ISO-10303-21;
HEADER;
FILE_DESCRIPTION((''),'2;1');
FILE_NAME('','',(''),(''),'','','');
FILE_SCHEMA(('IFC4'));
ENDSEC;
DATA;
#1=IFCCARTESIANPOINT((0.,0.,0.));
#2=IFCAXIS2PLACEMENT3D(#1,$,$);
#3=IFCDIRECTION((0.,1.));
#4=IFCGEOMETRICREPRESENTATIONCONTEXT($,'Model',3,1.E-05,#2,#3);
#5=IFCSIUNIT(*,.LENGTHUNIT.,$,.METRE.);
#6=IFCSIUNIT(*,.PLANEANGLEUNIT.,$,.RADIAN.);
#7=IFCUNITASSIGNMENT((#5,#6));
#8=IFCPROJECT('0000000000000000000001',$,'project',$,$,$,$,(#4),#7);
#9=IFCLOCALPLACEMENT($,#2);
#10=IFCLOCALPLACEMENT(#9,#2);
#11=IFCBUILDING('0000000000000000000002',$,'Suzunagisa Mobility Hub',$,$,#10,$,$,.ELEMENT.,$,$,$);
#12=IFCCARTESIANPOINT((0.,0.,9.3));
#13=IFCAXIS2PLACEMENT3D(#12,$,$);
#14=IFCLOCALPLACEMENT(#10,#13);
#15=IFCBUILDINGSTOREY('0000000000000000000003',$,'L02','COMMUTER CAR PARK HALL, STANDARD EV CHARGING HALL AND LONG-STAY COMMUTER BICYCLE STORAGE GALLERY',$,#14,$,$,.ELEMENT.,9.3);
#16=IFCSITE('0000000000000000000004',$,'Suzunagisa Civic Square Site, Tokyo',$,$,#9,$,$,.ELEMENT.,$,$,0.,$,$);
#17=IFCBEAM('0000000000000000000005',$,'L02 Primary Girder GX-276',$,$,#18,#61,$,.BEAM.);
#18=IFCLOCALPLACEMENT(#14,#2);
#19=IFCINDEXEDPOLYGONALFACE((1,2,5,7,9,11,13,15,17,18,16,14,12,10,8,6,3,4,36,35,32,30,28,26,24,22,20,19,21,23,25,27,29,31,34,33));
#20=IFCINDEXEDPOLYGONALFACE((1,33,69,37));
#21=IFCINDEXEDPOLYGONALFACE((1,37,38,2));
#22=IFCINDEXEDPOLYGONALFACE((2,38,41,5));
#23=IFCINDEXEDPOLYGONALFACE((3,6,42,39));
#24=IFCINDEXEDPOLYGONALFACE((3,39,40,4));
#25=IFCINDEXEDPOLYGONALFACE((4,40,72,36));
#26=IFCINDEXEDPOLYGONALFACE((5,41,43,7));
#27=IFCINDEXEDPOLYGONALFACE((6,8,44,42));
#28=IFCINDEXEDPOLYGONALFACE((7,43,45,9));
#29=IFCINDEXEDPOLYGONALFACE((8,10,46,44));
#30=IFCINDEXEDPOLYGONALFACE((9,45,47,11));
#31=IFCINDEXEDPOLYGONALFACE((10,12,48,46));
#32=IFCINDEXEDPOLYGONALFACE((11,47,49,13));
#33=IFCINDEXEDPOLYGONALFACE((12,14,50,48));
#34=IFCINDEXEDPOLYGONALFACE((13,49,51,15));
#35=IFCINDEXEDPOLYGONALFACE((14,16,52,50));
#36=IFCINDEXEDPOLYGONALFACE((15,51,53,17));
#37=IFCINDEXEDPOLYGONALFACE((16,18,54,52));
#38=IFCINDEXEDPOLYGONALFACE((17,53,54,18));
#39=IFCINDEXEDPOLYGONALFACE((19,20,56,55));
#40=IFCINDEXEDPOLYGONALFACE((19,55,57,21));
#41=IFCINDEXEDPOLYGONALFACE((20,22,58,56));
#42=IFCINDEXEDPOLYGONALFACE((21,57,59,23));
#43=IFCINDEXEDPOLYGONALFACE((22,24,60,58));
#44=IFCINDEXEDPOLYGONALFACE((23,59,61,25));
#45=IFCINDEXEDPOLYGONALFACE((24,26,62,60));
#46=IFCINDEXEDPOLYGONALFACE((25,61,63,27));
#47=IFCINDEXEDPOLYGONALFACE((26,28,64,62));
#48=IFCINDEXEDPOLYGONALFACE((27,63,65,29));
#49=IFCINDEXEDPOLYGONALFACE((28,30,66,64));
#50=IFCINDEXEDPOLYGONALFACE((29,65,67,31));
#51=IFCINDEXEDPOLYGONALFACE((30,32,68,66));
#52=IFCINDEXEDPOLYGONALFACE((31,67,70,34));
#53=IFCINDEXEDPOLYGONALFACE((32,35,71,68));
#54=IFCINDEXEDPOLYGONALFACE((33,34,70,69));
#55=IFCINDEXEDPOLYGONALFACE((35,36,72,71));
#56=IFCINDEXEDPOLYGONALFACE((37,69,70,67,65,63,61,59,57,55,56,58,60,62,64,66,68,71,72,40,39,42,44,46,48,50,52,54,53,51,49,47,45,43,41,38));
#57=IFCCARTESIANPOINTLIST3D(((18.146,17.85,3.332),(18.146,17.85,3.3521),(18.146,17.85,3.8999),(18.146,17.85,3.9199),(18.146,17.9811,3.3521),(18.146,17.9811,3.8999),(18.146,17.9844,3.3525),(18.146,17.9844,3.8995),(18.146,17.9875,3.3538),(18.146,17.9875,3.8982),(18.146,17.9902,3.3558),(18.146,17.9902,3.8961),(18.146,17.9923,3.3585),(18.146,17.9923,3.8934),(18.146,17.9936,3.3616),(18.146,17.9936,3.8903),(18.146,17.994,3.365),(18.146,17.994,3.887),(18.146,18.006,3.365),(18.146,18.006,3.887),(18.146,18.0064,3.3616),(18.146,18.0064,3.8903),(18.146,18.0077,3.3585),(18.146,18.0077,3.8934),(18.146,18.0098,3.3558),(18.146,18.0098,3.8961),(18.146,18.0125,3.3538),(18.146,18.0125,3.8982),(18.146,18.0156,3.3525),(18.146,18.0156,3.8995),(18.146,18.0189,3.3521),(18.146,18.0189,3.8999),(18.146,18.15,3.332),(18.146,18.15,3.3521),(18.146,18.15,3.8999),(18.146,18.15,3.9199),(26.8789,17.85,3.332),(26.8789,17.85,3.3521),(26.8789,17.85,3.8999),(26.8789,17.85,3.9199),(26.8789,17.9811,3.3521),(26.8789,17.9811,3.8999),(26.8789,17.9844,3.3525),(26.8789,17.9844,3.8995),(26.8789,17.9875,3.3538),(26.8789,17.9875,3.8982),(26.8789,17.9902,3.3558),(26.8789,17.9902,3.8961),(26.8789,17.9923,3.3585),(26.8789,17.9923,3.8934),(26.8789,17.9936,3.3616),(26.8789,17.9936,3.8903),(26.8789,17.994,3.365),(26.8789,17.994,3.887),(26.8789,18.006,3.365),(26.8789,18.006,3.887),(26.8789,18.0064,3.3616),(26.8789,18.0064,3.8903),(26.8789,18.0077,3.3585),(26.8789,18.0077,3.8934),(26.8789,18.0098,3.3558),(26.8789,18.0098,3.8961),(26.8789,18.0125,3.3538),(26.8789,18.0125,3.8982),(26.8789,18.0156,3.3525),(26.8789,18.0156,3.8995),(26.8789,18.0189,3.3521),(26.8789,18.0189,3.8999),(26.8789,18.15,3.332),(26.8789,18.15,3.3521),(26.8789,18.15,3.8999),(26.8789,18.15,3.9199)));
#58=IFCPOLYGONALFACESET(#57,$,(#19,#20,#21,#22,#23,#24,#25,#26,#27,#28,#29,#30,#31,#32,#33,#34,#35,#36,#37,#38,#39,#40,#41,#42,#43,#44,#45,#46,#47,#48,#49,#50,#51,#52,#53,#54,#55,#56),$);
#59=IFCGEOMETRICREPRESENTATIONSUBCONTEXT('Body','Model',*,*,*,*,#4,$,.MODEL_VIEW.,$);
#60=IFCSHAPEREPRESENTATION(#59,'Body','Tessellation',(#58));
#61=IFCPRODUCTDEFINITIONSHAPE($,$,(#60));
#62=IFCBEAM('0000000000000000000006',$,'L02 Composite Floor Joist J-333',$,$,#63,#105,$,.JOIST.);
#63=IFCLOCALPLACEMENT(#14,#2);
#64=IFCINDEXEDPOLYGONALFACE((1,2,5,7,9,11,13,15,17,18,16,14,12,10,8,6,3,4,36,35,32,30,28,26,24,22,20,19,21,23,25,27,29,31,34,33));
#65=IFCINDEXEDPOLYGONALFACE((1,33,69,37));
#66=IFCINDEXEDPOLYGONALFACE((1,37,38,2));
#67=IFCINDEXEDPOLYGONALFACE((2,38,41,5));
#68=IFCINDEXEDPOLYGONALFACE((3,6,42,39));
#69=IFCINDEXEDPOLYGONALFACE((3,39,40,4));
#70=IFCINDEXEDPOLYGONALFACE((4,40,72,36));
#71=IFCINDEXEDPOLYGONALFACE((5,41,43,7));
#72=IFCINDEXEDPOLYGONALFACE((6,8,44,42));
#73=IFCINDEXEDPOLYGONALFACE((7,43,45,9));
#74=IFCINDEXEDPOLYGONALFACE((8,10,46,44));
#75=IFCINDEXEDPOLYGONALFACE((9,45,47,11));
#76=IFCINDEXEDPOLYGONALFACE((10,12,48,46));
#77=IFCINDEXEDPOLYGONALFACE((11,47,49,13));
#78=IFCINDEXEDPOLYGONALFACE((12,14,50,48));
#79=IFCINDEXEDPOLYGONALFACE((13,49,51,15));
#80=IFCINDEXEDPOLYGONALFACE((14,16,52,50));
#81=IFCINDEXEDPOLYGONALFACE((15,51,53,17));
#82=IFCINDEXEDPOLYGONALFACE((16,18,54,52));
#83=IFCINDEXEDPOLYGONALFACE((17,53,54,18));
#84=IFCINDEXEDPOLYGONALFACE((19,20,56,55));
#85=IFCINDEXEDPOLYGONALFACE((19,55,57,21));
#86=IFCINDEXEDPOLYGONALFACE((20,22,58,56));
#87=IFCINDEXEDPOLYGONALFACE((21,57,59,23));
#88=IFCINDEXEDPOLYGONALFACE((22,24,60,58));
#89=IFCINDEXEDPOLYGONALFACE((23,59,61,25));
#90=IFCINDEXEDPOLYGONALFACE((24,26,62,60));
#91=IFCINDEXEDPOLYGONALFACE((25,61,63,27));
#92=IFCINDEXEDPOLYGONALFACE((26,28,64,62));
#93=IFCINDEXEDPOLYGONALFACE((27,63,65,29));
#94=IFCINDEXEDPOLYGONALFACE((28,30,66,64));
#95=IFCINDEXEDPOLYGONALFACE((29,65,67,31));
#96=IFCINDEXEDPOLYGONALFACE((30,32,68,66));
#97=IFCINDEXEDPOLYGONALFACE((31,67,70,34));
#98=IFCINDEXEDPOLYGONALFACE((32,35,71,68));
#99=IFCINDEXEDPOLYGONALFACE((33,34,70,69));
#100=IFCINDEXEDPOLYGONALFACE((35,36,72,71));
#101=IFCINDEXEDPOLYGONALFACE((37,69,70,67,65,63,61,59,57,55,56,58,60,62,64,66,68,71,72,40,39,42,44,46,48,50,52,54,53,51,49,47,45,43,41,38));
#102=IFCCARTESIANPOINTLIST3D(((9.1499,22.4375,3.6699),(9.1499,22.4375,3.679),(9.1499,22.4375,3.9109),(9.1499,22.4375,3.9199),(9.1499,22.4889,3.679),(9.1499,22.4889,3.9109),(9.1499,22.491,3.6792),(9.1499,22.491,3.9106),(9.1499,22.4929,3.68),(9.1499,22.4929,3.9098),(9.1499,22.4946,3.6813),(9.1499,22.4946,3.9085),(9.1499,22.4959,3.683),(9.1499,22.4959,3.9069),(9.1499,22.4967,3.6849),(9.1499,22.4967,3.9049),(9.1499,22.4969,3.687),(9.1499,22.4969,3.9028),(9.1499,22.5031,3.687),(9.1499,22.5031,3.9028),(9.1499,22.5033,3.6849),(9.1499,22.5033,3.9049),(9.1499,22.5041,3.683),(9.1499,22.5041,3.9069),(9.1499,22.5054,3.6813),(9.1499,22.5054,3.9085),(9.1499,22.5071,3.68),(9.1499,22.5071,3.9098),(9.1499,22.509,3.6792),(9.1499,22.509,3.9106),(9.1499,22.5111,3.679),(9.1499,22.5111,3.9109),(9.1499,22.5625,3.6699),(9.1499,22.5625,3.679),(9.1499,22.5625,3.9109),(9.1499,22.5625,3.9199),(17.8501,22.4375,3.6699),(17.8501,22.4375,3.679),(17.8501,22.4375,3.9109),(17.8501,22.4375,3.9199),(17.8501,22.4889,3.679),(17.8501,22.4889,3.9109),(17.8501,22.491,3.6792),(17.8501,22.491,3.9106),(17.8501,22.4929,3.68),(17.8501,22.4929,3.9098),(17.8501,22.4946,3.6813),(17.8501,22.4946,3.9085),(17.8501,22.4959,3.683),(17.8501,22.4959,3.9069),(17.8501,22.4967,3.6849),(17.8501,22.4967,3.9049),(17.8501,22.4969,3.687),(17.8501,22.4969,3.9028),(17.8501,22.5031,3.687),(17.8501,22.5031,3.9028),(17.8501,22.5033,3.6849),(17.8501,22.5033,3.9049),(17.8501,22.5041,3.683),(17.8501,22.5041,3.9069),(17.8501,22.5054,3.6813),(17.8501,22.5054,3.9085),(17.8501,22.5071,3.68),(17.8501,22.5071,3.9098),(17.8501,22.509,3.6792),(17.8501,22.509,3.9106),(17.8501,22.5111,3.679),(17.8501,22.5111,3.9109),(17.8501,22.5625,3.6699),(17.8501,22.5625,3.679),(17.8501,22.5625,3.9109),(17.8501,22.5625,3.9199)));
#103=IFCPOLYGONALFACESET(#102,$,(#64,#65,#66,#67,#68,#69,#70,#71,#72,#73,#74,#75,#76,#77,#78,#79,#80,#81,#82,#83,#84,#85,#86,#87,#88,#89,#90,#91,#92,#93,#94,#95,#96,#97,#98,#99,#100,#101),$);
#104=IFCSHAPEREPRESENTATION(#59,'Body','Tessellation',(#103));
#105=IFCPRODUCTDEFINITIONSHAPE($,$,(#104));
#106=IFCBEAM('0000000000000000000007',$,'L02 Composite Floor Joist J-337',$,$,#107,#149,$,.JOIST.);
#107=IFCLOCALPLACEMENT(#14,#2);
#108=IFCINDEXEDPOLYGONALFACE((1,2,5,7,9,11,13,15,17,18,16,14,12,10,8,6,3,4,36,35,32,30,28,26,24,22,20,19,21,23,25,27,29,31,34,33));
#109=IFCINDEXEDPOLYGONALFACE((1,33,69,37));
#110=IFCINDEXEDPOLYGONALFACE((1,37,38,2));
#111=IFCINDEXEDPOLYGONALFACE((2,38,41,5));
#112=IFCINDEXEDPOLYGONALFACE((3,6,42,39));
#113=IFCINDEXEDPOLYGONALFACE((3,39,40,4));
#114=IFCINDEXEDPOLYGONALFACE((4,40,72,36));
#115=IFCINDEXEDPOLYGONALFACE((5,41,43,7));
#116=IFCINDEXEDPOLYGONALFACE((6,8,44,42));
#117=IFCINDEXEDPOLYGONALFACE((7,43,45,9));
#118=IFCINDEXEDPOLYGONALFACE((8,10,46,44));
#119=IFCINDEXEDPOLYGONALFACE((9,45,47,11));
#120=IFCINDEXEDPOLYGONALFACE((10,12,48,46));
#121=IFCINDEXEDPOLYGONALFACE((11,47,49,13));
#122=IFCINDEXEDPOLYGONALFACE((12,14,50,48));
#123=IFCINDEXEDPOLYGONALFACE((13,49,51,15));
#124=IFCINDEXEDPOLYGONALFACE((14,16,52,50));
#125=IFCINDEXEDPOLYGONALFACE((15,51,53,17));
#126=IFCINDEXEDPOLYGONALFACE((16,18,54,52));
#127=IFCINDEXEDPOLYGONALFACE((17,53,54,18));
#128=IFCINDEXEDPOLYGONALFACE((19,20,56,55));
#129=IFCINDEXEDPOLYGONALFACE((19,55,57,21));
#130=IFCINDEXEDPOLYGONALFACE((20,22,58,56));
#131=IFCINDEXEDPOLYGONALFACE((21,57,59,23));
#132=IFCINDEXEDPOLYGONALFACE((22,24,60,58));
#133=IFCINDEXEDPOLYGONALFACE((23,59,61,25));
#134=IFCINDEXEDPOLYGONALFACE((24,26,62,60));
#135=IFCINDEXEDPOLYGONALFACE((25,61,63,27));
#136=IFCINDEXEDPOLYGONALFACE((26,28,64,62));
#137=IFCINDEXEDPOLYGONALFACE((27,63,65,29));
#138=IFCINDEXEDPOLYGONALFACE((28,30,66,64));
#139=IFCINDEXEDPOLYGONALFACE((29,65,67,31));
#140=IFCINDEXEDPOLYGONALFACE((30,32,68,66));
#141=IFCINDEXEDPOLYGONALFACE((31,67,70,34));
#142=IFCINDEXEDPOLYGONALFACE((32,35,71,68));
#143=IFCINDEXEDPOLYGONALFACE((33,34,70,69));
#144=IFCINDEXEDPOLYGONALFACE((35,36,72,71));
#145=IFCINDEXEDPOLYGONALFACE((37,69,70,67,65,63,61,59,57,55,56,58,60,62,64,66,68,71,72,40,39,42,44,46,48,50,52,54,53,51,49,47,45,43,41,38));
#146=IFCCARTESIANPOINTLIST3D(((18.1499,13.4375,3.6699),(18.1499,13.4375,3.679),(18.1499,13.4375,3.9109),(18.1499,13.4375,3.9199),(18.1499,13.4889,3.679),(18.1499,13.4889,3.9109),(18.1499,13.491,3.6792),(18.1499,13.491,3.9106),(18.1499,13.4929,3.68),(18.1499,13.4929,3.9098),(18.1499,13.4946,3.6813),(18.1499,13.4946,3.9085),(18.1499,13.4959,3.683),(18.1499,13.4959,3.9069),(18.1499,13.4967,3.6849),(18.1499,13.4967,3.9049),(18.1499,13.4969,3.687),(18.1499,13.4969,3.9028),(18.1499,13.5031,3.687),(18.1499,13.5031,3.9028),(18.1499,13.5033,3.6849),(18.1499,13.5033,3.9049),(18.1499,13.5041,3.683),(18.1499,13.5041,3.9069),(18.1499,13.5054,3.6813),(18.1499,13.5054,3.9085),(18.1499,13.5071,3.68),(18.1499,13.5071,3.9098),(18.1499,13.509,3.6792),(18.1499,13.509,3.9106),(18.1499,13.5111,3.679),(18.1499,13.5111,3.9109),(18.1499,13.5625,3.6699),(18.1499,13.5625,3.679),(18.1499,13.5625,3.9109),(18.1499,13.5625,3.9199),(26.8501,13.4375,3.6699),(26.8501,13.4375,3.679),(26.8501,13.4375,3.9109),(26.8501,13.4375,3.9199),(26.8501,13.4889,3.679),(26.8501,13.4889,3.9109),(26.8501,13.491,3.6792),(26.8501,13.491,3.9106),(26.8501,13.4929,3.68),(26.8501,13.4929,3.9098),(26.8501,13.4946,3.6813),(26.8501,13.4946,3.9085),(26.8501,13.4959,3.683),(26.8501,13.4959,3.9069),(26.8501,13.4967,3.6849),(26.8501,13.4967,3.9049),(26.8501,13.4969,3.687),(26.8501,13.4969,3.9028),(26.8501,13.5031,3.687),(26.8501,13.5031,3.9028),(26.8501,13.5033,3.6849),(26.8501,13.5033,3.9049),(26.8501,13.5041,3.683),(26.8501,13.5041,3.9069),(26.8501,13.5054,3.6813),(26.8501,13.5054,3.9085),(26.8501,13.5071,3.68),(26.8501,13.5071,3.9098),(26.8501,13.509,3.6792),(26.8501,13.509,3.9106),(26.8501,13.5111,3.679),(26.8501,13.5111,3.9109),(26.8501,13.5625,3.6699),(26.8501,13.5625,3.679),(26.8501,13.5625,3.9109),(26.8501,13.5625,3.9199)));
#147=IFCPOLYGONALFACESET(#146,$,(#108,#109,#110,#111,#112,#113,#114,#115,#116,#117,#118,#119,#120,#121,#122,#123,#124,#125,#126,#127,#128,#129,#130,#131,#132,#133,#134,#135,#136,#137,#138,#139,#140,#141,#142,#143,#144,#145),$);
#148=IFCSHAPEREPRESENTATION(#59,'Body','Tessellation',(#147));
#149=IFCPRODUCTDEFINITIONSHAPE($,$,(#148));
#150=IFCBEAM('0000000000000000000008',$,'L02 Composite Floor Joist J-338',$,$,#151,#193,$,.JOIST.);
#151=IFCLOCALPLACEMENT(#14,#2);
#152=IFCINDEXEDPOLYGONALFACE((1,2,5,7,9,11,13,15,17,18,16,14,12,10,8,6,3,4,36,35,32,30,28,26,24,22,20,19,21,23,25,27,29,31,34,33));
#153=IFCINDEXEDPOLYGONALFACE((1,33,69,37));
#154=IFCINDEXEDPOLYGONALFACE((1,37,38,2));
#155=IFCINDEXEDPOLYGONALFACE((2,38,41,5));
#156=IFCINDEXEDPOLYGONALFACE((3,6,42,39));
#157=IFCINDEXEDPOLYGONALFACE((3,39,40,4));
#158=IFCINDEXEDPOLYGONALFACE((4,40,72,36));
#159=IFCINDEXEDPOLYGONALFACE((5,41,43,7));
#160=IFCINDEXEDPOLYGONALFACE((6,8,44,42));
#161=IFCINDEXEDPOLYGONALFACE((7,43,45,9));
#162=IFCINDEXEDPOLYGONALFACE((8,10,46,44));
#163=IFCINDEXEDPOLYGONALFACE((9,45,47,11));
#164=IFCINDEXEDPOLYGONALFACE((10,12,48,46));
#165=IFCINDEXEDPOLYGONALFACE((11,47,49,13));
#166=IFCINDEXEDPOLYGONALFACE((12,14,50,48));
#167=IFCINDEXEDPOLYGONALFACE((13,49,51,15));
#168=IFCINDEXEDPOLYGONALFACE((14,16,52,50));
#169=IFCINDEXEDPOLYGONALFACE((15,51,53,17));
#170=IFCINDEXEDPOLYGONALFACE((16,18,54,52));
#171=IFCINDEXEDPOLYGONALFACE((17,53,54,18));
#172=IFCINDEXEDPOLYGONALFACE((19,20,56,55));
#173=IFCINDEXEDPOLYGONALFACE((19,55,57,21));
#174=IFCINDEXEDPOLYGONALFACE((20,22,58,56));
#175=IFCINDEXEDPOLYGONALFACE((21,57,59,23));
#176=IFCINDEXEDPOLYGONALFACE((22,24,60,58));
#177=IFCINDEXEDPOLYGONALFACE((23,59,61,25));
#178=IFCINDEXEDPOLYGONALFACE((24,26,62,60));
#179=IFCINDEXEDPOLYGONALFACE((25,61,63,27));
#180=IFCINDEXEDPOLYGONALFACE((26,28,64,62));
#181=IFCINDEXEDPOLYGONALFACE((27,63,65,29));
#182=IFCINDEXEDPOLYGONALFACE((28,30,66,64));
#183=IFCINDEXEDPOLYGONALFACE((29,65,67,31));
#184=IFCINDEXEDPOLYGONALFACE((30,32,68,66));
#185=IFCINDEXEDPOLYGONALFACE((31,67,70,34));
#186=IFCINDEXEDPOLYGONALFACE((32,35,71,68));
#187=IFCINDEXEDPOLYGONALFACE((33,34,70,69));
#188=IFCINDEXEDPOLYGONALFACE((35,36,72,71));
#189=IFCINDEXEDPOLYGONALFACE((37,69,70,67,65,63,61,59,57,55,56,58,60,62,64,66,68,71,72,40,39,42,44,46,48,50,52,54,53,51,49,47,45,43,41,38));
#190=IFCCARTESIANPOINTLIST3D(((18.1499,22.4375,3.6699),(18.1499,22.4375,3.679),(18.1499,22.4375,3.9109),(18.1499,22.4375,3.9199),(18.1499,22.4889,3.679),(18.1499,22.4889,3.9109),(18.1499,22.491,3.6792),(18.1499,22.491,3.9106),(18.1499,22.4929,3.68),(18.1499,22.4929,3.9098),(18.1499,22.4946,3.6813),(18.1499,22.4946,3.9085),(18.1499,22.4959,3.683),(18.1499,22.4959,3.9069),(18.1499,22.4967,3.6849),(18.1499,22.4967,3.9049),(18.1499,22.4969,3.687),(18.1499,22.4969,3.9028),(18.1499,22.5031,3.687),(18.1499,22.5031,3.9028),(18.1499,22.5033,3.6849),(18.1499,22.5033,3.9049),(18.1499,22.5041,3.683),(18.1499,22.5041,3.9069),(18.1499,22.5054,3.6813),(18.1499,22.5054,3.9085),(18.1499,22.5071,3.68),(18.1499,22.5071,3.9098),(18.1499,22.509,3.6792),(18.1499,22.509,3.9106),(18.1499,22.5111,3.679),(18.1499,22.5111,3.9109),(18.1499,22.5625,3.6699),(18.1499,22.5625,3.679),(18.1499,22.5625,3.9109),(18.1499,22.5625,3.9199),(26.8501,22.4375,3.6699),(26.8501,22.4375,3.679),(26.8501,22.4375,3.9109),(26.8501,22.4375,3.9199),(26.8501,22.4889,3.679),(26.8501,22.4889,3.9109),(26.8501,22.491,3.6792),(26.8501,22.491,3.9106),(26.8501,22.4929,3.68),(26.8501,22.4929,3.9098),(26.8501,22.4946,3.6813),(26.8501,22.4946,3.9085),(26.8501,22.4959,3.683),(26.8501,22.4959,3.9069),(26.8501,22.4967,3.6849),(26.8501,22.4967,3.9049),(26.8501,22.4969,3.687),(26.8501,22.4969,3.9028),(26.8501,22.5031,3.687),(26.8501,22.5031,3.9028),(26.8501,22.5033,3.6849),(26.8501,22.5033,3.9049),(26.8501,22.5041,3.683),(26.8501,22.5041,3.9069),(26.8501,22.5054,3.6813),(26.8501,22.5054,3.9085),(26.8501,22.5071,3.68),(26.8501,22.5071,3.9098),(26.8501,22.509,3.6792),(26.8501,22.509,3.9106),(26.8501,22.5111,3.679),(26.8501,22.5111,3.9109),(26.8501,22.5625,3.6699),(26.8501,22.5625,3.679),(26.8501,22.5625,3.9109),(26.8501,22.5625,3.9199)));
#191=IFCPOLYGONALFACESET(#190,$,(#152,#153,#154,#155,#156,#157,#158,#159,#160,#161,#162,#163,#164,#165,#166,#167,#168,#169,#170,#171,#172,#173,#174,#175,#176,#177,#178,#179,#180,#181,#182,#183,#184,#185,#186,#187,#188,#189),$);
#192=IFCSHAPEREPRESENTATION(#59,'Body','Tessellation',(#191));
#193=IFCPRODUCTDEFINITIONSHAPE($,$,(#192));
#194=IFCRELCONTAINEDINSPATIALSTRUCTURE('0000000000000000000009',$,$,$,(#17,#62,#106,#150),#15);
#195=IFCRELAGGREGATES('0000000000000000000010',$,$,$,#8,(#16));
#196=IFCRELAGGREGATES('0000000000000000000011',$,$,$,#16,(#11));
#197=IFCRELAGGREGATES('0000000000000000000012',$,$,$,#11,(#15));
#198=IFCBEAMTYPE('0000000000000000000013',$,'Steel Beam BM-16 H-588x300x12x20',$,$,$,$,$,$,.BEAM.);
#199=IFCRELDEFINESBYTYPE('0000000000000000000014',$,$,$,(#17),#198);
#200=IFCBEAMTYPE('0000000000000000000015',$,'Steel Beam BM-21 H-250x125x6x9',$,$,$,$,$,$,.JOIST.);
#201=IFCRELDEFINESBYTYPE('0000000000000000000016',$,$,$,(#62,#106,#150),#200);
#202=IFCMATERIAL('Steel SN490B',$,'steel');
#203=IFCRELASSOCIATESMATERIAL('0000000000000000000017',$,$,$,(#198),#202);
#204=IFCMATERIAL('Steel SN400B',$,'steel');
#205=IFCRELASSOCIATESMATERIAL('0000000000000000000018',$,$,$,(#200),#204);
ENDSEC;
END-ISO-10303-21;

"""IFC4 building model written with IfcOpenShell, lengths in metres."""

from ifc_helpers import new_model, si_unit, direction, frame, origin, origin_2d, place, context, subcontext, project, spatial, i_section, extrude, material, material_profile, profile_set, type_object, element, save


model = new_model("IFC4")

# Units and contexts
model_context = context("Model", 3, precision=1e-05, world=origin(), true_north=direction((0.0, 1.0)))
body_context = subcontext(model_context, "Body", "Model", "MODEL_VIEW")
ifc_project = project(units=[si_unit("LENGTHUNIT", "METRE"), si_unit("PLANEANGLEUNIT", "RADIAN")], contexts=[model_context])

# Site, building, storey
site_placement = place(None, origin())
site = spatial("IfcSite", under=ifc_project, at=site_placement, Name="Suzunagisa Civic Square Site, Tokyo", CompositionType="ELEMENT", RefElevation=0.0)
building_placement = place(site_placement, origin())
building = spatial("IfcBuilding", under=site, at=building_placement, Name="Suzunagisa Mobility Hub", CompositionType="ELEMENT")
storey_placement = place(building_placement, frame((0.0, 0.0, 9.3)))
storey = spatial("IfcBuildingStorey", under=building, at=storey_placement, Name="L02", Description="COMMUTER CAR PARK HALL, STANDARD EV CHARGING HALL AND LONG-STAY COMMUTER BICYCLE STORAGE GALLERY", CompositionType="ELEMENT", Elevation=9.3)

# Shared definitions
ifc_material_1 = material(Name="Steel SN490B", Category="steel")

# Beams
ifc_material_profile_1 = material_profile(ifc_material_1, i_section(OverallWidth=0.3, OverallDepth=0.5879, WebThickness=0.012, FlangeThickness=0.02, FilletRadius=0.0129, at=origin_2d()), Name="H-588x300x12x20")
ifc_profile_set_1 = profile_set([ifc_material_profile_1], Name="Steel SN490B")
beam_type_1 = type_object("IfcBeamType", Name="Steel Beam BM-16 H-588x300x12x20", PredefinedType="BEAM", material=ifc_profile_set_1)
for number, where, z_axis, x_axis, name in (
    (1, (18.146, 18.0, 3.626), (1.0, 0.0, 0.0), (0.0, 1.0, 0.0), "L02 Primary Girder GX-276"),
):
    element("IfcBeam", number, at=place(storey_placement, frame(where, z_axis=z_axis, x_axis=x_axis)), inside=storey, type_object=beam_type_1, Name=name, PredefinedType="BEAM", context=body_context, shape_type="SweptSolid", body=[
        extrude(i_section(OverallWidth=0.3, OverallDepth=0.5879, WebThickness=0.012, FlangeThickness=0.02, FilletRadius=0.0129, at=origin_2d()), origin(), (0.0, 0.0, 1.0), 8.7329),
    ])
ifc_material_2 = material(Name="Steel SN400B", Category="steel")
ifc_material_profile_2 = material_profile(ifc_material_2, i_section(OverallWidth=0.125, OverallDepth=0.25, WebThickness=0.0061, FlangeThickness=0.009, FilletRadius=0.0081, at=origin_2d()), Name="H-250x125x6x9")
ifc_profile_set_2 = profile_set([ifc_material_profile_2], Name="Steel SN400B")
beam_type_2 = type_object("IfcBeamType", Name="Steel Beam BM-21 H-250x125x6x9", PredefinedType="JOIST", material=ifc_profile_set_2)
for number, where, z_axis, x_axis, name in (
    (2, (9.1499, 22.5, 3.7949), (1.0, 0.0, 0.0), (0.0, 1.0, 0.0), "L02 Composite Floor Joist J-333"),
    (3, (18.1499, 13.5, 3.7949), (1.0, 0.0, 0.0), (0.0, 1.0, 0.0), "L02 Composite Floor Joist J-337"),
    (4, (18.1499, 22.5, 3.7949), (1.0, 0.0, 0.0), (0.0, 1.0, 0.0), "L02 Composite Floor Joist J-338"),
):
    element("IfcBeam", number, at=place(storey_placement, frame(where, z_axis=z_axis, x_axis=x_axis)), inside=storey, type_object=beam_type_2, Name=name, PredefinedType="JOIST", context=body_context, shape_type="SweptSolid", body=[
        extrude(i_section(OverallWidth=0.125, OverallDepth=0.25, WebThickness=0.0061, FlangeThickness=0.009, FilletRadius=0.0081, at=origin_2d()), origin(), (0.0, 0.0, 1.0), 8.7002),
    ])

save(model, "model.ifc")
